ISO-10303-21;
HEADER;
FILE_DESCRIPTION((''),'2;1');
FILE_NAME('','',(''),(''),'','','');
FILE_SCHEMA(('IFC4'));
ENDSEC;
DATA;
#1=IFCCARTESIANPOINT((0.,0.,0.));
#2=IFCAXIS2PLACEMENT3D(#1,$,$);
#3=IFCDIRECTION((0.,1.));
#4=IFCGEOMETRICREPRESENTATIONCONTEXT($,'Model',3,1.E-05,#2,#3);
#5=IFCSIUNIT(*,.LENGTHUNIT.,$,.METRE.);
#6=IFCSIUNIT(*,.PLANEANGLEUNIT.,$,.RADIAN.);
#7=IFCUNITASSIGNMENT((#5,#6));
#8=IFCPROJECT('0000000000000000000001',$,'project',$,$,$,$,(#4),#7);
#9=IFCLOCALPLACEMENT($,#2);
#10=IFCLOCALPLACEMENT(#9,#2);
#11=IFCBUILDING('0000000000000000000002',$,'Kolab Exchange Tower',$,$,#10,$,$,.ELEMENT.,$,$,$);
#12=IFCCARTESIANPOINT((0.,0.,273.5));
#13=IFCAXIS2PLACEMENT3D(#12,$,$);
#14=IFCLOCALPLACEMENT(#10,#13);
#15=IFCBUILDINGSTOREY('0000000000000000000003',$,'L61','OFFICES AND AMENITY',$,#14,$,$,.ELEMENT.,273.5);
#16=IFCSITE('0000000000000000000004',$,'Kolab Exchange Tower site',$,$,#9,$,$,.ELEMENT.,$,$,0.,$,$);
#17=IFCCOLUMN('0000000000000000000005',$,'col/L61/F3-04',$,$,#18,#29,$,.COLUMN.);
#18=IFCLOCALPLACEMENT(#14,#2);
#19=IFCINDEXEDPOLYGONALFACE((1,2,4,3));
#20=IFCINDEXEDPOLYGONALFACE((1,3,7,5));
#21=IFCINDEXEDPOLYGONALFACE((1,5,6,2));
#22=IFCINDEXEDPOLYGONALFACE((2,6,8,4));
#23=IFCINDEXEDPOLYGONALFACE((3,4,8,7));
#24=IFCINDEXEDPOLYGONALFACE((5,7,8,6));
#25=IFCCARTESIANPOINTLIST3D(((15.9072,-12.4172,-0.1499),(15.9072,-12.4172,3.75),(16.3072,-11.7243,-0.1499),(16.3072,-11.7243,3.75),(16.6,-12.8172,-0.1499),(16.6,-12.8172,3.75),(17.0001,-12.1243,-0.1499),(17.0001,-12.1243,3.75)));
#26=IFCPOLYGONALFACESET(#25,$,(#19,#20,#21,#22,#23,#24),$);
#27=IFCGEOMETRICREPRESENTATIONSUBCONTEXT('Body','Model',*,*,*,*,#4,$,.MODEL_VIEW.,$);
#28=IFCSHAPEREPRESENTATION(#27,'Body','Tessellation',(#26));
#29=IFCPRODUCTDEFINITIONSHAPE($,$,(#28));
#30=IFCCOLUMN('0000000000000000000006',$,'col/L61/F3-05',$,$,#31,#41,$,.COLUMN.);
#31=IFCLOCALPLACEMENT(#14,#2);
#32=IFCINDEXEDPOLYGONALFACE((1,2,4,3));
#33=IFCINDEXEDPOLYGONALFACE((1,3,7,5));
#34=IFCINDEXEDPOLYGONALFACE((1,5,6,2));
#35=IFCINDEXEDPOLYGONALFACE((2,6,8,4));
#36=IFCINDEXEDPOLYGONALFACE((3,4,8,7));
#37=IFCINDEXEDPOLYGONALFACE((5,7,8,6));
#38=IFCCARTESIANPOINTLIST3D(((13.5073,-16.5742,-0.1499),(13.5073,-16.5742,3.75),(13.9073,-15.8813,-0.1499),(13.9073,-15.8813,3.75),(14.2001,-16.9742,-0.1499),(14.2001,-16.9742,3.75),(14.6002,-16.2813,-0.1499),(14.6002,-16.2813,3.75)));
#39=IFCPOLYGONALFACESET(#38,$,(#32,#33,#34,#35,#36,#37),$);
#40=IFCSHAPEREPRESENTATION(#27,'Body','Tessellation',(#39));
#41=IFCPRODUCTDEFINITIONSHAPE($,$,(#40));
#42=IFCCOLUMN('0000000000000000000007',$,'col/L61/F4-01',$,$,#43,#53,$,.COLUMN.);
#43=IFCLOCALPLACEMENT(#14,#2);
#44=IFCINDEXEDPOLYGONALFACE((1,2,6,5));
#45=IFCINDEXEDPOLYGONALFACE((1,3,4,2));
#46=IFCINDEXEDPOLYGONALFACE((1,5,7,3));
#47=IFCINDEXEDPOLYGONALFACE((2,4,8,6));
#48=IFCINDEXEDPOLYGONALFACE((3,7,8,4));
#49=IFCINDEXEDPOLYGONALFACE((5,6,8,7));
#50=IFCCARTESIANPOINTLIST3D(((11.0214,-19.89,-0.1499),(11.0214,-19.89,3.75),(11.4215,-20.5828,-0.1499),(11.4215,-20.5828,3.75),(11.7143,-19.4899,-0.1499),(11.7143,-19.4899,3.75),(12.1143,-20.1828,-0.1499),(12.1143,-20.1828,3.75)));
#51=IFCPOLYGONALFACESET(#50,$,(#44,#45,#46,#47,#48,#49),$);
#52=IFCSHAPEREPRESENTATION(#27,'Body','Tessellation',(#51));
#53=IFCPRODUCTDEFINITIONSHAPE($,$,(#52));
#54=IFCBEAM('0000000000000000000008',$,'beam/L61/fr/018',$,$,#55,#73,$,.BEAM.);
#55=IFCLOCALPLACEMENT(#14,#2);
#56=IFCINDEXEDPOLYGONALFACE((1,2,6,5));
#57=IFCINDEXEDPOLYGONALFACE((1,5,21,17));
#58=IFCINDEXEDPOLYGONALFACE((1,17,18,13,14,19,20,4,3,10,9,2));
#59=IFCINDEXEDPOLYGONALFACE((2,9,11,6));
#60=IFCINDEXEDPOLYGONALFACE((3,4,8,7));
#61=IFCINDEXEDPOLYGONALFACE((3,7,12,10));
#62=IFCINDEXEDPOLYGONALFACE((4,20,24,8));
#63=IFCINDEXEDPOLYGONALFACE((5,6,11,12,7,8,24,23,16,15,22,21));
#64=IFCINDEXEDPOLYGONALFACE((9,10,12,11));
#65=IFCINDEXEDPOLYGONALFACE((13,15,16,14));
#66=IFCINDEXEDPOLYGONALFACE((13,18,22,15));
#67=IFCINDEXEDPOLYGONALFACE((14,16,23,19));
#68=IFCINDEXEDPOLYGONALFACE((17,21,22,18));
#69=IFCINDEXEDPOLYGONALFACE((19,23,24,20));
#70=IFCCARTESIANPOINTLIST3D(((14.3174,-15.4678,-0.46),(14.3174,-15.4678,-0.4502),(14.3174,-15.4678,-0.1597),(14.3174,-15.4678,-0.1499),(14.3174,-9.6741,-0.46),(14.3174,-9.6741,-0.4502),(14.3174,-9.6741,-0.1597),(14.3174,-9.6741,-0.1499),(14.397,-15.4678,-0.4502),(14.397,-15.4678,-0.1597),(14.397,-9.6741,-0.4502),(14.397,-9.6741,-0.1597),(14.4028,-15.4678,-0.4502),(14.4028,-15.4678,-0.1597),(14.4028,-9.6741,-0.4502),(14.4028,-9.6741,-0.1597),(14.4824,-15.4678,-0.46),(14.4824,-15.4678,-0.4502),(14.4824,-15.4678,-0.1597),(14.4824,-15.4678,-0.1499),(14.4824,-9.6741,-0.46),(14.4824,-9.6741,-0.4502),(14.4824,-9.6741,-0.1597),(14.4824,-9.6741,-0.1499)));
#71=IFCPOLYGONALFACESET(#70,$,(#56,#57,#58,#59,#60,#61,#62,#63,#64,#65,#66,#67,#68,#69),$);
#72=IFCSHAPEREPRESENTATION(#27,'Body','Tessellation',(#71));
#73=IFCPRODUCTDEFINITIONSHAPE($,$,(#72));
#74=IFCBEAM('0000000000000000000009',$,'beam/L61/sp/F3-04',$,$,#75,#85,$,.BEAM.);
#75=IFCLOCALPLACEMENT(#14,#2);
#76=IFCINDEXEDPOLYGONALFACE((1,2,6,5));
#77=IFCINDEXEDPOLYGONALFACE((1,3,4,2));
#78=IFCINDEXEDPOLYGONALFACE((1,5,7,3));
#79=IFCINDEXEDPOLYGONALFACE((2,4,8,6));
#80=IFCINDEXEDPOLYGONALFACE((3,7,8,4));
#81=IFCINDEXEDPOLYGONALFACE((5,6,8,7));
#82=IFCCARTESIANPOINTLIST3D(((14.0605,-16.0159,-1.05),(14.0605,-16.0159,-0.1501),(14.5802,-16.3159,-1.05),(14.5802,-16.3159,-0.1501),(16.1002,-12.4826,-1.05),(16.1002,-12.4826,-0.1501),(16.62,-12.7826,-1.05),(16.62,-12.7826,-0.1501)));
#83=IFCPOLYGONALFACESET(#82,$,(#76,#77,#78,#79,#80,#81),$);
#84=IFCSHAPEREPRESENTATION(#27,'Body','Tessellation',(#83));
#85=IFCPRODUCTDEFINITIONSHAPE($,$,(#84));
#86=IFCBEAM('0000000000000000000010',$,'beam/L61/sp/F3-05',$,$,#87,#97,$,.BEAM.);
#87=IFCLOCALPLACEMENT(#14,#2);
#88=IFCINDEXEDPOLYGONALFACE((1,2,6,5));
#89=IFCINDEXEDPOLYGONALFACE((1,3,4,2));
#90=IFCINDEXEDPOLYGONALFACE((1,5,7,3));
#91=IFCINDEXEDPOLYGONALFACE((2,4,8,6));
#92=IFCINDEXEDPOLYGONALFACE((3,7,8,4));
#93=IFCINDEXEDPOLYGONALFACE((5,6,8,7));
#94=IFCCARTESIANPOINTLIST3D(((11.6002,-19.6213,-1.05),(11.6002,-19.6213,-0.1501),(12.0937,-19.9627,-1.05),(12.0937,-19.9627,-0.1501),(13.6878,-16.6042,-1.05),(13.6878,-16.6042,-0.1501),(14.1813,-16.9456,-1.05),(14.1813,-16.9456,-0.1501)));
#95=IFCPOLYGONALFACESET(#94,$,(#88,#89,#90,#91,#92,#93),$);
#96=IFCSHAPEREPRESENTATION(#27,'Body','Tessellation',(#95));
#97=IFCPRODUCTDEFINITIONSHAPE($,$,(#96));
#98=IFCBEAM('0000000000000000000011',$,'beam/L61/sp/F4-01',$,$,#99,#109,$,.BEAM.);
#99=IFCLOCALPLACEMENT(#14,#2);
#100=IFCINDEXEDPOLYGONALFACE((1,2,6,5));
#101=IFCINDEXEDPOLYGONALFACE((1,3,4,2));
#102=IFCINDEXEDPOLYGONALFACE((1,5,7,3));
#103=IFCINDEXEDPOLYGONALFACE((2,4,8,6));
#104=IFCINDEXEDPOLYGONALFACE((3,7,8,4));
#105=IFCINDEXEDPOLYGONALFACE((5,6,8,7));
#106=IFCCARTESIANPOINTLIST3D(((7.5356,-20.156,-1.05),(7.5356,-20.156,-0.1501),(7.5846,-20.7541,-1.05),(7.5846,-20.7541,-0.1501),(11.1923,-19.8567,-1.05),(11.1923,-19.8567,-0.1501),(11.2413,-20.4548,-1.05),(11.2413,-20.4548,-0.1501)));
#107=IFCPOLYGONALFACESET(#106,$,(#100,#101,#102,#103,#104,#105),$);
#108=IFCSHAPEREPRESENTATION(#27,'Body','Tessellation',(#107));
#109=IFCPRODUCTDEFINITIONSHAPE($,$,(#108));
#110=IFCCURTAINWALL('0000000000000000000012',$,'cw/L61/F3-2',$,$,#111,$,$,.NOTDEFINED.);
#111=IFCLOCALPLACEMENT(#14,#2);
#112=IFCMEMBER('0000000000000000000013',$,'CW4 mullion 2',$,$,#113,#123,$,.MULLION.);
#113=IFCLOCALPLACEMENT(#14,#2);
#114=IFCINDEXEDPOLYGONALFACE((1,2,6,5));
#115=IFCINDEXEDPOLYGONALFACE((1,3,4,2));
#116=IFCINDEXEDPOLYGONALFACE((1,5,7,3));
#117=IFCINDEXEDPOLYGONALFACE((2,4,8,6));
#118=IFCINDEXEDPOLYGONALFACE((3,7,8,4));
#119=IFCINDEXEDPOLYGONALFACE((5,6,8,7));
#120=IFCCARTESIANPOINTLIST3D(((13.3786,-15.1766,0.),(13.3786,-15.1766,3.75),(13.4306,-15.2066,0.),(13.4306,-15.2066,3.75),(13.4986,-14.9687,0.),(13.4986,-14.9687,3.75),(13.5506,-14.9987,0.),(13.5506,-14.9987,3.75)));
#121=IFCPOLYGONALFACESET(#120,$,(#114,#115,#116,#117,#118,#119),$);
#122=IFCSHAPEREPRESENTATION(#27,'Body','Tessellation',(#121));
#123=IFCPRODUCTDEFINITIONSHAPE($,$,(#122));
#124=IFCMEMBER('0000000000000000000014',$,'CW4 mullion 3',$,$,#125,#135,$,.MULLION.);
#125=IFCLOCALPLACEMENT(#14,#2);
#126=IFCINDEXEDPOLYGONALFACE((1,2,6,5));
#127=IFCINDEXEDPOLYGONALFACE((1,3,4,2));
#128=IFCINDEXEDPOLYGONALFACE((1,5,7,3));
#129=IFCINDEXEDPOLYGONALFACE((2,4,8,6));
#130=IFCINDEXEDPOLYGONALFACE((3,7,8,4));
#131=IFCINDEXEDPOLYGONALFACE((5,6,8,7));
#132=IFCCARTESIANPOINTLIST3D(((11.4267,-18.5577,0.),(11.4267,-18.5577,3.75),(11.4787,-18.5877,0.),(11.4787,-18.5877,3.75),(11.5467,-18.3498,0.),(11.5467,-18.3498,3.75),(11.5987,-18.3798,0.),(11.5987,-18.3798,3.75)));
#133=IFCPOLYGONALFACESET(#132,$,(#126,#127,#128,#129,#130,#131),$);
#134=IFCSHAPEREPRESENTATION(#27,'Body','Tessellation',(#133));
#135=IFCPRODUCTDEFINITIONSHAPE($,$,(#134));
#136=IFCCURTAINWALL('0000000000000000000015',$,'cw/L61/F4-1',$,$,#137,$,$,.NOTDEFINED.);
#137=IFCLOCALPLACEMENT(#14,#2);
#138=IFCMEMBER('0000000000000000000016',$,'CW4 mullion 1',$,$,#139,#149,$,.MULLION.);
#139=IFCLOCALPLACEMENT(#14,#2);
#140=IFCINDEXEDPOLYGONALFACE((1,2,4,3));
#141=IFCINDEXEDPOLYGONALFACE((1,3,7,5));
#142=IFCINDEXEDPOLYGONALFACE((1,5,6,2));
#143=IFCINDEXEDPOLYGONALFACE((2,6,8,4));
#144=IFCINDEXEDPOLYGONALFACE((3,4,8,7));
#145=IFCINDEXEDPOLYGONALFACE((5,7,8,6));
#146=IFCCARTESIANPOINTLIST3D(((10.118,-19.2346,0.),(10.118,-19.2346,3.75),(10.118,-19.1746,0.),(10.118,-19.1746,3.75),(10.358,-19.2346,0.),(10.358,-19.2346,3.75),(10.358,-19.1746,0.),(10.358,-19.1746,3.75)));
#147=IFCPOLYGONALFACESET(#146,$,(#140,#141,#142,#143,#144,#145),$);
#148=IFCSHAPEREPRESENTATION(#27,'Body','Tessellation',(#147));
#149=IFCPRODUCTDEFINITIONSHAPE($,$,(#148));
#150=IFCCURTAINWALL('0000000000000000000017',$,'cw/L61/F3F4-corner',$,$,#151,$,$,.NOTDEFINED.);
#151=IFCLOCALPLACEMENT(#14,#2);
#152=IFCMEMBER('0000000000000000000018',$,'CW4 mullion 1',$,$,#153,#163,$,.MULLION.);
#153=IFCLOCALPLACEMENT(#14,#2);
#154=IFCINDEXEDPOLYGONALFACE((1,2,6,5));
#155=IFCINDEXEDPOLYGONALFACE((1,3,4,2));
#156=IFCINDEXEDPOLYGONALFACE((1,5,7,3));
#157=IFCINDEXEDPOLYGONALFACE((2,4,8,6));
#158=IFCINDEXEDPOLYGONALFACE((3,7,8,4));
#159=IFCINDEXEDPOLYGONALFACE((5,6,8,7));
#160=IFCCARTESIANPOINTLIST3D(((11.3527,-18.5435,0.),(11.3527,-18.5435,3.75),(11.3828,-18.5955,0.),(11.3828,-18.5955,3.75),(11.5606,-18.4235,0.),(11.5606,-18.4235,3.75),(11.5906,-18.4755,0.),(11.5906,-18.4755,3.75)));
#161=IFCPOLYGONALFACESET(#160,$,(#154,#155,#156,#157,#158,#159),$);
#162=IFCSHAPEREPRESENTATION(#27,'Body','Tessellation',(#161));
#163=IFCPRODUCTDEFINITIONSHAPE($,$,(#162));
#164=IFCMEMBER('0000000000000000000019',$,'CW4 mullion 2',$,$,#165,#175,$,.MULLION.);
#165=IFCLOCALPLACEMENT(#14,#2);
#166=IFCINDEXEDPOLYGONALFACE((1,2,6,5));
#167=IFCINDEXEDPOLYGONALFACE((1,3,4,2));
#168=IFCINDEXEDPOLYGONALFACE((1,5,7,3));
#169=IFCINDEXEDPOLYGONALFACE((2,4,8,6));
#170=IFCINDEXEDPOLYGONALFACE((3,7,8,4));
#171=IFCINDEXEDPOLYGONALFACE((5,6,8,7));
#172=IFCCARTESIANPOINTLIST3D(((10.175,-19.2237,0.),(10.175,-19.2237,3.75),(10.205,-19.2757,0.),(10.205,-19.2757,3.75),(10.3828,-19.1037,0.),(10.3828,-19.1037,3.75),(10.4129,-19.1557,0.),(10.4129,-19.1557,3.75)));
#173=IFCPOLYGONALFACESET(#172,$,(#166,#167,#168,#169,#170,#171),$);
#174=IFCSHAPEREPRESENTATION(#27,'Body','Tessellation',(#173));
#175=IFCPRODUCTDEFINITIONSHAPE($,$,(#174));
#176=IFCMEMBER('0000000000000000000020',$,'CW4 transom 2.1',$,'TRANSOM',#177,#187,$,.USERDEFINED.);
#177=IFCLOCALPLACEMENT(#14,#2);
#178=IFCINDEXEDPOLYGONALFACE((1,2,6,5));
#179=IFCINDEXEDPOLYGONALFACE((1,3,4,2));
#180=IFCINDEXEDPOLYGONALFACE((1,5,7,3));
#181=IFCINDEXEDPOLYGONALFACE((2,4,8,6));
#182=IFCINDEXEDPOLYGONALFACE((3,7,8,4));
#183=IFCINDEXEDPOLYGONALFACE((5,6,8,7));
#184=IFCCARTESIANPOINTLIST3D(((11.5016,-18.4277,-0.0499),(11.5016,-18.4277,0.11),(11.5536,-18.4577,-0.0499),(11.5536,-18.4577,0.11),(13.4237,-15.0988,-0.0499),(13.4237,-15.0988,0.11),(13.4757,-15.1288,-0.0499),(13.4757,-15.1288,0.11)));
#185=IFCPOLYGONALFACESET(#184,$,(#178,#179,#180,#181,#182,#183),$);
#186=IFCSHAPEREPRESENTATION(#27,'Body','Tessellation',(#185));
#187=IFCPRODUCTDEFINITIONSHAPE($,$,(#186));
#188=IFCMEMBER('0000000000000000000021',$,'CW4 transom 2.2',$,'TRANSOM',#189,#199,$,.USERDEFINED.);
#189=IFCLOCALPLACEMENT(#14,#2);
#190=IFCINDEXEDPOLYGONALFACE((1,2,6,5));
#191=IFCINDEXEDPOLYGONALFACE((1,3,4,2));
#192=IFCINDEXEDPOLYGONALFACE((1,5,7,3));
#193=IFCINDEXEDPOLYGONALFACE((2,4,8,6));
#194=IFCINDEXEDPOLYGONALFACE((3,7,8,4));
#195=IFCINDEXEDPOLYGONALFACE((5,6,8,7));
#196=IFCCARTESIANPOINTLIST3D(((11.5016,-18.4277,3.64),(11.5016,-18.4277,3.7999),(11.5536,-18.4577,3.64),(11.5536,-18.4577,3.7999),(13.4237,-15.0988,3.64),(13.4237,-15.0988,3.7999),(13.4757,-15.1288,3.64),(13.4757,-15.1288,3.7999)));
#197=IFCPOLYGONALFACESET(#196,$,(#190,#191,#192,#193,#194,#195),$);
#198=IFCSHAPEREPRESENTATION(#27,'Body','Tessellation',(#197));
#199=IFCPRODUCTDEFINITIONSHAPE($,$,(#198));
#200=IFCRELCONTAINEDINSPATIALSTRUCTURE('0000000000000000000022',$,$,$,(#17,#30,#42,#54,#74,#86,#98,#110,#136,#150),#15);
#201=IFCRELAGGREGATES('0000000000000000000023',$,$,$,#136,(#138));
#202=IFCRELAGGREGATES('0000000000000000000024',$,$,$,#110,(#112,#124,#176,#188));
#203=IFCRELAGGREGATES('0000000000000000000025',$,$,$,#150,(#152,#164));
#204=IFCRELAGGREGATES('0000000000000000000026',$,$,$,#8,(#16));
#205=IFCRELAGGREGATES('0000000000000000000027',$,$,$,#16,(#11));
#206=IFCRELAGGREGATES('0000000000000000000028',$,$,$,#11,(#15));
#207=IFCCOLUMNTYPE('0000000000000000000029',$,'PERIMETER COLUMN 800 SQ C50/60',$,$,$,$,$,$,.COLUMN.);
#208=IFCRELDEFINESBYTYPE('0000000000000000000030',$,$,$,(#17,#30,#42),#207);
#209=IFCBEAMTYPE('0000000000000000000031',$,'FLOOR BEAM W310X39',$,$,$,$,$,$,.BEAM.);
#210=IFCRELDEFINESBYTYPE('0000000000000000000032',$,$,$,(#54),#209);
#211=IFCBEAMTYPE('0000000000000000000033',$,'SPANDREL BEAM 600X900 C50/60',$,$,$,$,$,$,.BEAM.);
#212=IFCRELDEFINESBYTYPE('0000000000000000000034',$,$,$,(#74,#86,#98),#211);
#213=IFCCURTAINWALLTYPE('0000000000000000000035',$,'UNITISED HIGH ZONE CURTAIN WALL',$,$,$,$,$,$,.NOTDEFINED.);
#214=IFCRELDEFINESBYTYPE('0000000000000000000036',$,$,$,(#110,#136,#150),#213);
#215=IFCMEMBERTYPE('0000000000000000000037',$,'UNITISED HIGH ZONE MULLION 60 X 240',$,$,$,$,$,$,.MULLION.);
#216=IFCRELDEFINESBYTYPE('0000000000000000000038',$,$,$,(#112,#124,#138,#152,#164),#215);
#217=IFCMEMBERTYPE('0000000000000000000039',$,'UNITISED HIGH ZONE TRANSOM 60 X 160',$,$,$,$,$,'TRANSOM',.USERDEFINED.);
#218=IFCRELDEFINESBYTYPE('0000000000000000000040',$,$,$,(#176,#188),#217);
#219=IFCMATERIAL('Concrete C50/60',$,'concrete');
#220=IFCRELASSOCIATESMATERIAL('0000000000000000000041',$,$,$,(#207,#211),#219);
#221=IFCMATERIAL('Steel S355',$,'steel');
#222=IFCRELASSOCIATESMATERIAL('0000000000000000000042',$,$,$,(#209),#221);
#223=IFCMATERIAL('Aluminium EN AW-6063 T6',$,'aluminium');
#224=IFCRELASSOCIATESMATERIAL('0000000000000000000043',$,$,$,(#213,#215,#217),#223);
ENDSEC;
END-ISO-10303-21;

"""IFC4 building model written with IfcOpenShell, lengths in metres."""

from ifc_helpers import new_model, si_unit, direction, frame, origin, origin_2d, place, context, subcontext, project, spatial, rectangle, i_section, extrude, material, material_profile, profile_set, type_object, element, aggregate, save


model = new_model("IFC4")

# Units and contexts
model_context = context("Model", 3, precision=1e-05, world=origin(), true_north=direction((0.0, 1.0)))
body_context = subcontext(model_context, "Body", "Model", "MODEL_VIEW")
ifc_project = project(units=[si_unit("LENGTHUNIT", "METRE"), si_unit("PLANEANGLEUNIT", "RADIAN")], contexts=[model_context])

# Site, building, storey
site_placement = place(None, origin())
site = spatial("IfcSite", under=ifc_project, at=site_placement, Name="Kolab Exchange Tower site", CompositionType="ELEMENT", RefElevation=0.0)
building_placement = place(site_placement, origin())
building = spatial("IfcBuilding", under=site, at=building_placement, Name="Kolab Exchange Tower", CompositionType="ELEMENT")
storey_placement = place(building_placement, frame((0.0, 0.0, 273.5)))
storey = spatial("IfcBuildingStorey", under=building, at=storey_placement, Name="L61", Description="OFFICES AND AMENITY", CompositionType="ELEMENT", Elevation=273.5)

# Columns
ifc_material_1 = material(Name="Concrete C50/60", Category="concrete")
ifc_material_profile_1 = material_profile(ifc_material_1, rectangle(XDim=0.8, YDim=0.8, at=origin_2d()), Name="RC800")
ifc_profile_set_1 = profile_set([ifc_material_profile_1], Name="Concrete C50/60")
column_type = type_object("IfcColumnType", Name="PERIMETER COLUMN 800 SQ C50/60", PredefinedType="COLUMN", material=ifc_profile_set_1)
for number, where, z_axis, x_axis, name in (
    (1, (16.4536, -12.2708, -0.1499), (0.0, 0.0, 1.0), (0.5, 0.866025, 0.0), "col/L61/F3-04"),
    (2, (14.0537, -16.4277, -0.1499), (0.0, 0.0, 1.0), (0.5, 0.866025, 0.0), "col/L61/F3-05"),
    (3, (11.5679, -20.0364, -0.1499), (0.0, 0.0, 1.0), (0.866025, 0.5, 0.0), "col/L61/F4-01"),
):
    element("IfcColumn", number, at=place(storey_placement, frame(where, z_axis=z_axis, x_axis=x_axis)), inside=storey, type_object=column_type, Name=name, PredefinedType="COLUMN", context=body_context, shape_type="SweptSolid", body=[
        extrude(rectangle(XDim=0.8, YDim=0.8, at=origin_2d()), origin(), (0.0, 0.0, 1.0), 3.8999),
    ])

# Beams
ifc_material_2 = material(Name="Steel S355", Category="steel")
ifc_material_profile_2 = material_profile(ifc_material_2, i_section(OverallWidth=0.165, OverallDepth=0.3101, WebThickness=0.0059, FlangeThickness=0.0098, at=origin_2d()), Name="W310X39")
ifc_profile_set_2 = profile_set([ifc_material_profile_2], Name="Steel S355")
beam_type_1 = type_object("IfcBeamType", Name="FLOOR BEAM W310X39", PredefinedType="BEAM", material=ifc_profile_set_2)
beam_1_placement = place(storey_placement, frame((14.3999, -15.4678, -0.3049), z_axis=(0.0, 1.0, 0.0), x_axis=(-1.0, 0.0, 0.0)))
element("IfcBeam", 4, at=beam_1_placement, inside=storey, type_object=beam_type_1, Name="beam/L61/fr/018", PredefinedType="BEAM", context=body_context, shape_type="SweptSolid", body=[
    extrude(i_section(OverallWidth=0.165, OverallDepth=0.3101, WebThickness=0.0059, FlangeThickness=0.0098, at=origin_2d()), origin(), (0.0, 0.0, 1.0), 5.7937),
])
ifc_material_profile_3 = material_profile(ifc_material_1, rectangle(XDim=0.6001, YDim=0.8999, at=origin_2d()), Name="RC600X900")
ifc_profile_set_3 = profile_set([ifc_material_profile_3], Name="Concrete C50/60")
beam_type_2 = type_object("IfcBeamType", Name="SPANDREL BEAM 600X900 C50/60", PredefinedType="BEAM", material=ifc_profile_set_3)
beam_2_placement = place(storey_placement, frame((16.3601, -12.6326, -0.6001), z_axis=(-0.499956, -0.866051, 0.0), x_axis=(0.866051, -0.499956, 0.0)))
element("IfcBeam", 5, at=beam_2_placement, inside=storey, type_object=beam_type_2, Name="beam/L61/sp/F3-04", PredefinedType="BEAM", context=body_context, shape_type="SweptSolid", body=[
    extrude(rectangle(XDim=0.6001, YDim=0.8999, at=origin_2d()), origin(), (0.0, 0.0, 1.0), 4.0798),
])
for number, where, z_axis, x_axis, name in (
    (6, (13.9346, -16.7749, -0.6001), (-0.569006, -0.822334, 0.0), (0.822334, -0.569006, 0.0), "beam/L61/sp/F3-05"),
    (7, (11.2168, -20.1558, -0.6001), (-0.996667, -0.081581, 0.0), (0.081581, -0.996667, 0.0), "beam/L61/sp/F4-01"),
):
    element("IfcBeam", number, at=place(storey_placement, frame(where, z_axis=z_axis, x_axis=x_axis)), inside=storey, type_object=beam_type_2, Name=name, PredefinedType="BEAM", context=body_context, shape_type="SweptSolid", body=[
        extrude(rectangle(XDim=0.6001, YDim=0.8999, at=origin_2d()), origin(), (0.0, 0.0, 1.0), 3.6689),
    ])

# Curtain wall, members
ifc_material_3 = material(Name="Aluminium EN AW-6063 T6", Category="aluminium")
curtain_wall_type = type_object("IfcCurtainWallType", Name="UNITISED HIGH ZONE CURTAIN WALL", PredefinedType="NOTDEFINED", material=ifc_material_3)
curtain_wall_1_placement = place(storey_placement, origin())
curtain_wall_1 = element("IfcCurtainWall", 8, at=curtain_wall_1_placement, inside=storey, type_object=curtain_wall_type, Name="cw/L61/F3-2", PredefinedType="NOTDEFINED")
ifc_material_profile_4 = material_profile(ifc_material_3, rectangle(XDim=0.0601, YDim=0.24, at=origin_2d()), Name="RECT 60X240")
ifc_profile_set_4 = profile_set([ifc_material_profile_4], Name="Aluminium EN AW-6063 T6")
member_type_1 = type_object("IfcMemberType", Name="UNITISED HIGH ZONE MULLION 60 X 240", PredefinedType="MULLION", material=ifc_profile_set_4)
member_1_placement = place(storey_placement, frame((13.4646, -15.0876, 0.0), z_axis=(0.0, 0.0, 1.0), x_axis=(0.866025, -0.5, 0.0)))
member_1 = element("IfcMember", 9, at=member_1_placement, type_object=member_type_1, Name="CW4 mullion 2", PredefinedType="MULLION", context=body_context, shape_type="SweptSolid", body=[
    extrude(rectangle(XDim=0.0601, YDim=0.24, at=origin_2d()), origin(), (0.0, 0.0, 1.0), 3.75),
])
member_2_placement = place(storey_placement, frame((11.5127, -18.4688, 0.0), z_axis=(0.0, 0.0, 1.0), x_axis=(0.866025, -0.5, 0.0)))
member_2 = element("IfcMember", 10, at=member_2_placement, type_object=member_type_1, Name="CW4 mullion 3", PredefinedType="MULLION", context=body_context, shape_type="SweptSolid", body=[
    extrude(rectangle(XDim=0.0601, YDim=0.24, at=origin_2d()), origin(), (0.0, 0.0, 1.0), 3.75),
])

# Curtain wall, member
curtain_wall_2_placement = place(storey_placement, origin())
curtain_wall_2 = element("IfcCurtainWall", 11, at=curtain_wall_2_placement, inside=storey, type_object=curtain_wall_type, Name="cw/L61/F4-1", PredefinedType="NOTDEFINED")
member_3_placement = place(storey_placement, frame((10.238, -19.2046, 0.0), z_axis=(0.0, 0.0, 1.0), x_axis=(0.0, -1.0, 0.0)))
member_3 = element("IfcMember", 12, at=member_3_placement, type_object=member_type_1, Name="CW4 mullion 1", PredefinedType="MULLION", context=body_context, shape_type="SweptSolid", body=[
    extrude(rectangle(XDim=0.0601, YDim=0.24, at=origin_2d()), origin(), (0.0, 0.0, 1.0), 3.75),
])

# Curtain wall, members
curtain_wall_3_placement = place(storey_placement, origin())
curtain_wall_3 = element("IfcCurtainWall", 13, at=curtain_wall_3_placement, inside=storey, type_object=curtain_wall_type, Name="cw/L61/F3F4-corner", PredefinedType="NOTDEFINED")
member_4_placement = place(storey_placement, frame((11.4717, -18.5095, 0.0), z_axis=(0.0, 0.0, 1.0), x_axis=(0.5, -0.866025, 0.0)))
member_4 = element("IfcMember", 14, at=member_4_placement, type_object=member_type_1, Name="CW4 mullion 1", PredefinedType="MULLION", context=body_context, shape_type="SweptSolid", body=[
    extrude(rectangle(XDim=0.0601, YDim=0.24, at=origin_2d()), origin(), (0.0, 0.0, 1.0), 3.75),
])
member_5_placement = place(storey_placement, frame((10.2939, -19.1897, 0.0), z_axis=(0.0, 0.0, 1.0), x_axis=(0.5, -0.866025, 0.0)))
member_5 = element("IfcMember", 15, at=member_5_placement, type_object=member_type_1, Name="CW4 mullion 2", PredefinedType="MULLION", context=body_context, shape_type="SweptSolid", body=[
    extrude(rectangle(XDim=0.0601, YDim=0.24, at=origin_2d()), origin(), (0.0, 0.0, 1.0), 3.75),
])

# Members
ifc_material_profile_5 = material_profile(ifc_material_3, rectangle(XDim=0.0601, YDim=0.1599, at=origin_2d()), Name="RECT 60X160")
ifc_profile_set_5 = profile_set([ifc_material_profile_5], Name="Aluminium EN AW-6063 T6")
member_type_2 = type_object("IfcMemberType", Name="UNITISED HIGH ZONE TRANSOM 60 X 160", ElementType="TRANSOM", PredefinedType="USERDEFINED", material=ifc_profile_set_5)
member_6_placement = place(storey_placement, frame((13.4497, -15.1138, 0.03), z_axis=(-0.500039, -0.866003, 0.0), x_axis=(0.866003, -0.500039, 0.0)))
member_6 = element("IfcMember", 16, at=member_6_placement, type_object=member_type_2, Name="CW4 transom 2.1", ObjectType="TRANSOM", PredefinedType="USERDEFINED", context=body_context, shape_type="SweptSolid", body=[
    extrude(rectangle(XDim=0.0601, YDim=0.1599, at=origin_2d()), origin(), (0.0, 0.0, 1.0), 3.844),
])
member_7_placement = place(storey_placement, frame((13.4497, -15.1138, 3.72), z_axis=(-0.500039, -0.866003, 0.0), x_axis=(0.866003, -0.500039, 0.0)))
member_7 = element("IfcMember", 17, at=member_7_placement, type_object=member_type_2, Name="CW4 transom 2.2", ObjectType="TRANSOM", PredefinedType="USERDEFINED", context=body_context, shape_type="SweptSolid", body=[
    extrude(rectangle(XDim=0.0601, YDim=0.1599, at=origin_2d()), origin(), (0.0, 0.0, 1.0), 3.844),
])
aggregate(curtain_wall_2, [member_3])

aggregate(curtain_wall_1, [member_1, member_2, member_6, member_7])
aggregate(curtain_wall_3, [member_4, member_5])

save(model, "model.ifc")
